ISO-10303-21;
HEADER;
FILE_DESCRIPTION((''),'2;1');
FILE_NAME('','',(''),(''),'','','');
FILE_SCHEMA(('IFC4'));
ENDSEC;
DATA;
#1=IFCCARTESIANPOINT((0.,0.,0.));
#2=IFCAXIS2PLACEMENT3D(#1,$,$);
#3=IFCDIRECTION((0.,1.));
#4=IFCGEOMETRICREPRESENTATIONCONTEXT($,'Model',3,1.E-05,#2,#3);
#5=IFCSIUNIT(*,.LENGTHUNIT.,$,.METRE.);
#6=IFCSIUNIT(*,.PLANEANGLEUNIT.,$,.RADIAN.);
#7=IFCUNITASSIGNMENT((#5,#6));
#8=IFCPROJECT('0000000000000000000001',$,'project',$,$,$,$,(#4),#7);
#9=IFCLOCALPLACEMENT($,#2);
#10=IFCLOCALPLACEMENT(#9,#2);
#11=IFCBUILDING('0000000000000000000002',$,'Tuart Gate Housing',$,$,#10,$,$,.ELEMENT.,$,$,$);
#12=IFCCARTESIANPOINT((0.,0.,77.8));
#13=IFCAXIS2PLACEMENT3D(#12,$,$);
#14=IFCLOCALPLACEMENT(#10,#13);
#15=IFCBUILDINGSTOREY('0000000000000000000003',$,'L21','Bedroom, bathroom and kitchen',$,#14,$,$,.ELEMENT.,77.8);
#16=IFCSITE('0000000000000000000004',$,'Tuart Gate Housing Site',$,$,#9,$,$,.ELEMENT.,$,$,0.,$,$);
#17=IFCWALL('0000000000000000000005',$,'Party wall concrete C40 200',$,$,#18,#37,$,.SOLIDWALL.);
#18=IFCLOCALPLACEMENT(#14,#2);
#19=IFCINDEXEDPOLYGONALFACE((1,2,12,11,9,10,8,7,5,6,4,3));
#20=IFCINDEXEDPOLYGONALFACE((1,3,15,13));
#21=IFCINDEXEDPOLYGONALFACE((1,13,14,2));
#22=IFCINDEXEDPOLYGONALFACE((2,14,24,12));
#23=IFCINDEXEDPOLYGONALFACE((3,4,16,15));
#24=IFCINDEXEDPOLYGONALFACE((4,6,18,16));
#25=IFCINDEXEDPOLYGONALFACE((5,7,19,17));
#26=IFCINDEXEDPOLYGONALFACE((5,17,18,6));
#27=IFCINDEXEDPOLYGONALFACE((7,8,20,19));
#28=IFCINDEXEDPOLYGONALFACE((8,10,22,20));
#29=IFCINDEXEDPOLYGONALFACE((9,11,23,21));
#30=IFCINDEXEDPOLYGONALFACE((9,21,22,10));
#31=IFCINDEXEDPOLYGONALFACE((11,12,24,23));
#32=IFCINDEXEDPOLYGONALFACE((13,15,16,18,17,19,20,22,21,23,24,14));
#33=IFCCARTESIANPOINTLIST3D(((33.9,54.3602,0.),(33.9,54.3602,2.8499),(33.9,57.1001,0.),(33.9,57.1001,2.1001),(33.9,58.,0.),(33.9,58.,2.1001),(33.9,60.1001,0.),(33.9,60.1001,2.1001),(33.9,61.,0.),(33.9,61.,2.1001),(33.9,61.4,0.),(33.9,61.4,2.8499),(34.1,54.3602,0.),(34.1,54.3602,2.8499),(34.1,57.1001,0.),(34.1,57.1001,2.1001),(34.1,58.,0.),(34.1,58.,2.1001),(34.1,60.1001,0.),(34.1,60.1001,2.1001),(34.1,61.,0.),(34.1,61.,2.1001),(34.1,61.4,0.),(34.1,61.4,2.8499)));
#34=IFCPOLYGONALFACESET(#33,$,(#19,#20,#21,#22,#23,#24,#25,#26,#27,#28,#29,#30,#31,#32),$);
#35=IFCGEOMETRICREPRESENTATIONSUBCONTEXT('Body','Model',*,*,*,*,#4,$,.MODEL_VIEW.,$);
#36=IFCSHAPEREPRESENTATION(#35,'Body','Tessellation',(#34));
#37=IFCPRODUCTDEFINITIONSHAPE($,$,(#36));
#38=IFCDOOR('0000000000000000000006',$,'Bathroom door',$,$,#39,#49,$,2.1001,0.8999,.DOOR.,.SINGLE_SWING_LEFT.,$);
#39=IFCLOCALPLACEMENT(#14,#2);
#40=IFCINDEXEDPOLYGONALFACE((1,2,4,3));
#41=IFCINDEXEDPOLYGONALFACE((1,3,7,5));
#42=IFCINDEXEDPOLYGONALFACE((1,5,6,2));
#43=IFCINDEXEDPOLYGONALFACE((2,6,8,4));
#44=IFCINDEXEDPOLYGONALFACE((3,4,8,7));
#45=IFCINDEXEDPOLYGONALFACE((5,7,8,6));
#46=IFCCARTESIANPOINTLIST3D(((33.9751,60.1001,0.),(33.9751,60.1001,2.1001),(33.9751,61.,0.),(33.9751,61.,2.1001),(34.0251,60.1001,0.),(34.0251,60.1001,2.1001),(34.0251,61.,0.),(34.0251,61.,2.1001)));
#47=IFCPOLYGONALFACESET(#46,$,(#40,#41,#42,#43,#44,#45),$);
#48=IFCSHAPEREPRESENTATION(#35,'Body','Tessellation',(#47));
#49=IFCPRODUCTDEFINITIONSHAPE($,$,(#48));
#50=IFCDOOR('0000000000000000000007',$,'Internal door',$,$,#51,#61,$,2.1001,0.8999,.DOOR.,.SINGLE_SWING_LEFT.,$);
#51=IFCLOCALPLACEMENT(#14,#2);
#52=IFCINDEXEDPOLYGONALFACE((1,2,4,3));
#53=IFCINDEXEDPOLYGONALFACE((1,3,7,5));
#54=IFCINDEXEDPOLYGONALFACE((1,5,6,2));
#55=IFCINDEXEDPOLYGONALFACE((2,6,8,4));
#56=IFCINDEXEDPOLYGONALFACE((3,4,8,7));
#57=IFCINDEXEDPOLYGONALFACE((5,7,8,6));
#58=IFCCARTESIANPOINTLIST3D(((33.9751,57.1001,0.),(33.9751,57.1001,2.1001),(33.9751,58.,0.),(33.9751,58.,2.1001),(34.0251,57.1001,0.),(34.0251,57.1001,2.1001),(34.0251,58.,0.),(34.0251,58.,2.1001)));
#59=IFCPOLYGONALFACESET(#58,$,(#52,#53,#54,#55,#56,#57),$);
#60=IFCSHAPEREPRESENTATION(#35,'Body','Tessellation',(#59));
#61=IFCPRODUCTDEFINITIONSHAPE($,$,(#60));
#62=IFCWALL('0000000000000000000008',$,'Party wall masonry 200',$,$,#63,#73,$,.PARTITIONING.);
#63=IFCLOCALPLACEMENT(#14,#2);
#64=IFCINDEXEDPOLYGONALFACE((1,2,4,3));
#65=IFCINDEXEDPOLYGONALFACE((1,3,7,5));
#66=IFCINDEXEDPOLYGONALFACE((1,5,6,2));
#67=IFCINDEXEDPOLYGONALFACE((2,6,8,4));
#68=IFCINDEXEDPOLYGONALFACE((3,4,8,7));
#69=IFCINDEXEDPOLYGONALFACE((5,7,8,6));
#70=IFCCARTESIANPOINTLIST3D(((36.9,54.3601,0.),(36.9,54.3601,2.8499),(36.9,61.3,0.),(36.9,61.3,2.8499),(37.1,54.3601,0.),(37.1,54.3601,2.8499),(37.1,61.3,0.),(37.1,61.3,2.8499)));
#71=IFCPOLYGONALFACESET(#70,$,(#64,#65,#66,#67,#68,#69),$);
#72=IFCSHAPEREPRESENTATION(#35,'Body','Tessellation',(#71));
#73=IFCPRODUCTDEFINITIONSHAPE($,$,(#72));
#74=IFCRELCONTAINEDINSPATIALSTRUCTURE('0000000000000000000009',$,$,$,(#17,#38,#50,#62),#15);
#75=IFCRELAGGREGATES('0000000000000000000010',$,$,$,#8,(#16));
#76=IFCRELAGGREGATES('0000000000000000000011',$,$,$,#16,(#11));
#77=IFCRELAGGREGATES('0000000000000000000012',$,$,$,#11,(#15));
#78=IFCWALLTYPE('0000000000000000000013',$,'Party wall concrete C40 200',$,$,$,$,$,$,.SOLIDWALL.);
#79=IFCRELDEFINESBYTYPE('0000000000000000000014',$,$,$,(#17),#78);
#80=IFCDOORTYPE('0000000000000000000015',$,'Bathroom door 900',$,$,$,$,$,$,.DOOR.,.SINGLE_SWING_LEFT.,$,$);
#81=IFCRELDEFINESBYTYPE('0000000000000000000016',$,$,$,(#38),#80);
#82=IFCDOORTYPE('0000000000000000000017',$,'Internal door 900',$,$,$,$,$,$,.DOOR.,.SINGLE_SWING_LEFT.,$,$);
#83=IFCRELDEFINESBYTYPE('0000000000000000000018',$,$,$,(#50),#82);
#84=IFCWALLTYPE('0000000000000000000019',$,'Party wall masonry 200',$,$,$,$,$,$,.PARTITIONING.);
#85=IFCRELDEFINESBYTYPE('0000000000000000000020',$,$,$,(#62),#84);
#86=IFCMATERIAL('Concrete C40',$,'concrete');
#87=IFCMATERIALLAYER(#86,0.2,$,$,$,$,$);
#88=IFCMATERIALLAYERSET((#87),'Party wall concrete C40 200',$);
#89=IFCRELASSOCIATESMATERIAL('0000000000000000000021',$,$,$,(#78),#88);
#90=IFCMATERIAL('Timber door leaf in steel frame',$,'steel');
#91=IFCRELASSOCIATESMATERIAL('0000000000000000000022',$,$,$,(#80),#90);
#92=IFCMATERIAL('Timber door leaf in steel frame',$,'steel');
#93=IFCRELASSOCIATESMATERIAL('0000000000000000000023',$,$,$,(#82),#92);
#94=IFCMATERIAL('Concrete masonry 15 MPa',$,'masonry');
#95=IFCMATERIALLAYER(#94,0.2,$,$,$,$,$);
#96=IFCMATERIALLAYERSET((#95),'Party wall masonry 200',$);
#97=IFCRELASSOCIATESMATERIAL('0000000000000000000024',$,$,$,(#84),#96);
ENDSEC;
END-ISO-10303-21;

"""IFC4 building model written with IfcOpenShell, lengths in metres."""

from ifc_helpers import new_model, si_unit, direction, frame, frame_2d, origin, place, context, subcontext, project, spatial, rectangle, extrude, material, layer, layer_set, type_object, element, fill, save


model = new_model("IFC4")

# Units and contexts
model_context = context("Model", 3, precision=1e-05, world=origin(), true_north=direction((0.0, 1.0)))
body_context = subcontext(model_context, "Body", "Model", "MODEL_VIEW")
ifc_project = project(units=[si_unit("LENGTHUNIT", "METRE"), si_unit("PLANEANGLEUNIT", "RADIAN")], contexts=[model_context])

# Site, building, storey
site_placement = place(None, origin())
site = spatial("IfcSite", under=ifc_project, at=site_placement, Name="Tuart Gate Housing Site", CompositionType="ELEMENT", RefElevation=0.0)
building_placement = place(site_placement, origin())
building = spatial("IfcBuilding", under=site, at=building_placement, Name="Tuart Gate Housing", CompositionType="ELEMENT")
storey_placement = place(building_placement, frame((0.0, 0.0, 77.8)))
storey = spatial("IfcBuildingStorey", under=building, at=storey_placement, Name="L21", Description="Bedroom, bathroom and kitchen", CompositionType="ELEMENT", Elevation=77.8)

# Wall, openings, doors
ifc_material_1 = material(Name="Concrete C40", Category="concrete")
ifc_layer_1 = layer(ifc_material_1, 0.2)
ifc_layer_set_1 = layer_set([ifc_layer_1], Name="Party wall concrete C40 200")
wall_type_1 = type_object("IfcWallType", Name="Party wall concrete C40 200", PredefinedType="SOLIDWALL", material=ifc_layer_set_1)
wall_1_placement = place(storey_placement, frame((34.0, 54.3601, 0.0), z_axis=(0.0, 0.0, 1.0), x_axis=(0.0, 1.0, 0.0)))
wall_1 = element("IfcWall", 1, at=wall_1_placement, inside=storey, type_object=wall_type_1, Name="Party wall concrete C40 200", PredefinedType="SOLIDWALL", context=body_context, shape_type="SweptSolid", body=[
    extrude(rectangle(XDim=7.0398, YDim=0.2, at=frame_2d((3.52, 0.0))), origin(), (0.0, 0.0, 1.0), 2.8499),
])
opening_1_placement = place(wall_1_placement, frame((2.74, 0.0, 0.0)))
opening_1 = element("IfcOpeningElement", 2, at=opening_1_placement, cuts=wall_1, PredefinedType="OPENING", context=body_context, shape_type="SweptSolid", body=[
    extrude(rectangle(XDim=0.8999, YDim=2.1001, at=frame_2d((0.45, 1.05))), frame((0.0, 0.1099, 0.0), z_axis=(0.0, -1.0, 0.0), x_axis=(1.0, 0.0, 0.0)), (0.0, 0.0, 1.0), 0.22),
])
opening_2_placement = place(wall_1_placement, frame((5.74, 0.0, 0.0)))
opening_2 = element("IfcOpeningElement", 3, at=opening_2_placement, cuts=wall_1, PredefinedType="OPENING", context=body_context, shape_type="SweptSolid", body=[
    extrude(rectangle(XDim=0.8999, YDim=2.1001, at=frame_2d((0.45, 1.05))), frame((0.0, 0.1099, 0.0), z_axis=(0.0, -1.0, 0.0), x_axis=(1.0, 0.0, 0.0)), (0.0, 0.0, 1.0), 0.22),
])
ifc_material_2 = material(Name="Timber door leaf in steel frame", Category="steel")
door_type_1 = type_object("IfcDoorType", Name="Bathroom door 900", OperationType="SINGLE_SWING_LEFT", PredefinedType="DOOR", material=ifc_material_2)
door_1_placement = place(opening_2_placement, frame((0.8999, 0.0, 0.0), z_axis=(0.0, 0.0, 1.0), x_axis=(-1.0, 0.0, 0.0)))
door_1 = element("IfcDoor", 4, at=door_1_placement, inside=storey, type_object=door_type_1, Name="Bathroom door", OperationType="SINGLE_SWING_LEFT", OverallHeight=2.1001, OverallWidth=0.8999, PredefinedType="DOOR", context=body_context, shape_type="SweptSolid", body=[
    extrude(rectangle(XDim=0.8999, YDim=2.1001, at=frame_2d((0.45, 1.05))), frame((0.0, 0.0251, 0.0), z_axis=(0.0, -1.0, 0.0), x_axis=(1.0, 0.0, 0.0)), (0.0, 0.0, 1.0), 0.05),
])
fill(opening_2, door_1)
ifc_material_3 = material(Name="Timber door leaf in steel frame", Category="steel")
door_type_2 = type_object("IfcDoorType", Name="Internal door 900", OperationType="SINGLE_SWING_LEFT", PredefinedType="DOOR", material=ifc_material_3)
door_2_placement = place(opening_1_placement, frame((0.8999, 0.0, 0.0), z_axis=(0.0, 0.0, 1.0), x_axis=(-1.0, 0.0, 0.0)))
door_2 = element("IfcDoor", 5, at=door_2_placement, inside=storey, type_object=door_type_2, Name="Internal door", OperationType="SINGLE_SWING_LEFT", OverallHeight=2.1001, OverallWidth=0.8999, PredefinedType="DOOR", context=body_context, shape_type="SweptSolid", body=[
    extrude(rectangle(XDim=0.8999, YDim=2.1001, at=frame_2d((0.45, 1.05))), frame((0.0, 0.0251, 0.0), z_axis=(0.0, -1.0, 0.0), x_axis=(1.0, 0.0, 0.0)), (0.0, 0.0, 1.0), 0.05),
])
fill(opening_1, door_2)

# Wall
ifc_material_4 = material(Name="Concrete masonry 15 MPa", Category="masonry")
ifc_layer_2 = layer(ifc_material_4, 0.2)
ifc_layer_set_2 = layer_set([ifc_layer_2], Name="Party wall masonry 200")
wall_type_2 = type_object("IfcWallType", Name="Party wall masonry 200", PredefinedType="PARTITIONING", material=ifc_layer_set_2)
wall_2_placement = place(storey_placement, frame((37.0, 54.3601, 0.0), z_axis=(0.0, 0.0, 1.0), x_axis=(0.0, 1.0, 0.0)))
element("IfcWall", 6, at=wall_2_placement, inside=storey, type_object=wall_type_2, Name="Party wall masonry 200", PredefinedType="PARTITIONING", context=body_context, shape_type="SweptSolid", body=[
    extrude(rectangle(XDim=6.9399, YDim=0.2, at=frame_2d((3.47, 0.0))), origin(), (0.0, 0.0, 1.0), 2.8499),
])

save(model, "model.ifc")
